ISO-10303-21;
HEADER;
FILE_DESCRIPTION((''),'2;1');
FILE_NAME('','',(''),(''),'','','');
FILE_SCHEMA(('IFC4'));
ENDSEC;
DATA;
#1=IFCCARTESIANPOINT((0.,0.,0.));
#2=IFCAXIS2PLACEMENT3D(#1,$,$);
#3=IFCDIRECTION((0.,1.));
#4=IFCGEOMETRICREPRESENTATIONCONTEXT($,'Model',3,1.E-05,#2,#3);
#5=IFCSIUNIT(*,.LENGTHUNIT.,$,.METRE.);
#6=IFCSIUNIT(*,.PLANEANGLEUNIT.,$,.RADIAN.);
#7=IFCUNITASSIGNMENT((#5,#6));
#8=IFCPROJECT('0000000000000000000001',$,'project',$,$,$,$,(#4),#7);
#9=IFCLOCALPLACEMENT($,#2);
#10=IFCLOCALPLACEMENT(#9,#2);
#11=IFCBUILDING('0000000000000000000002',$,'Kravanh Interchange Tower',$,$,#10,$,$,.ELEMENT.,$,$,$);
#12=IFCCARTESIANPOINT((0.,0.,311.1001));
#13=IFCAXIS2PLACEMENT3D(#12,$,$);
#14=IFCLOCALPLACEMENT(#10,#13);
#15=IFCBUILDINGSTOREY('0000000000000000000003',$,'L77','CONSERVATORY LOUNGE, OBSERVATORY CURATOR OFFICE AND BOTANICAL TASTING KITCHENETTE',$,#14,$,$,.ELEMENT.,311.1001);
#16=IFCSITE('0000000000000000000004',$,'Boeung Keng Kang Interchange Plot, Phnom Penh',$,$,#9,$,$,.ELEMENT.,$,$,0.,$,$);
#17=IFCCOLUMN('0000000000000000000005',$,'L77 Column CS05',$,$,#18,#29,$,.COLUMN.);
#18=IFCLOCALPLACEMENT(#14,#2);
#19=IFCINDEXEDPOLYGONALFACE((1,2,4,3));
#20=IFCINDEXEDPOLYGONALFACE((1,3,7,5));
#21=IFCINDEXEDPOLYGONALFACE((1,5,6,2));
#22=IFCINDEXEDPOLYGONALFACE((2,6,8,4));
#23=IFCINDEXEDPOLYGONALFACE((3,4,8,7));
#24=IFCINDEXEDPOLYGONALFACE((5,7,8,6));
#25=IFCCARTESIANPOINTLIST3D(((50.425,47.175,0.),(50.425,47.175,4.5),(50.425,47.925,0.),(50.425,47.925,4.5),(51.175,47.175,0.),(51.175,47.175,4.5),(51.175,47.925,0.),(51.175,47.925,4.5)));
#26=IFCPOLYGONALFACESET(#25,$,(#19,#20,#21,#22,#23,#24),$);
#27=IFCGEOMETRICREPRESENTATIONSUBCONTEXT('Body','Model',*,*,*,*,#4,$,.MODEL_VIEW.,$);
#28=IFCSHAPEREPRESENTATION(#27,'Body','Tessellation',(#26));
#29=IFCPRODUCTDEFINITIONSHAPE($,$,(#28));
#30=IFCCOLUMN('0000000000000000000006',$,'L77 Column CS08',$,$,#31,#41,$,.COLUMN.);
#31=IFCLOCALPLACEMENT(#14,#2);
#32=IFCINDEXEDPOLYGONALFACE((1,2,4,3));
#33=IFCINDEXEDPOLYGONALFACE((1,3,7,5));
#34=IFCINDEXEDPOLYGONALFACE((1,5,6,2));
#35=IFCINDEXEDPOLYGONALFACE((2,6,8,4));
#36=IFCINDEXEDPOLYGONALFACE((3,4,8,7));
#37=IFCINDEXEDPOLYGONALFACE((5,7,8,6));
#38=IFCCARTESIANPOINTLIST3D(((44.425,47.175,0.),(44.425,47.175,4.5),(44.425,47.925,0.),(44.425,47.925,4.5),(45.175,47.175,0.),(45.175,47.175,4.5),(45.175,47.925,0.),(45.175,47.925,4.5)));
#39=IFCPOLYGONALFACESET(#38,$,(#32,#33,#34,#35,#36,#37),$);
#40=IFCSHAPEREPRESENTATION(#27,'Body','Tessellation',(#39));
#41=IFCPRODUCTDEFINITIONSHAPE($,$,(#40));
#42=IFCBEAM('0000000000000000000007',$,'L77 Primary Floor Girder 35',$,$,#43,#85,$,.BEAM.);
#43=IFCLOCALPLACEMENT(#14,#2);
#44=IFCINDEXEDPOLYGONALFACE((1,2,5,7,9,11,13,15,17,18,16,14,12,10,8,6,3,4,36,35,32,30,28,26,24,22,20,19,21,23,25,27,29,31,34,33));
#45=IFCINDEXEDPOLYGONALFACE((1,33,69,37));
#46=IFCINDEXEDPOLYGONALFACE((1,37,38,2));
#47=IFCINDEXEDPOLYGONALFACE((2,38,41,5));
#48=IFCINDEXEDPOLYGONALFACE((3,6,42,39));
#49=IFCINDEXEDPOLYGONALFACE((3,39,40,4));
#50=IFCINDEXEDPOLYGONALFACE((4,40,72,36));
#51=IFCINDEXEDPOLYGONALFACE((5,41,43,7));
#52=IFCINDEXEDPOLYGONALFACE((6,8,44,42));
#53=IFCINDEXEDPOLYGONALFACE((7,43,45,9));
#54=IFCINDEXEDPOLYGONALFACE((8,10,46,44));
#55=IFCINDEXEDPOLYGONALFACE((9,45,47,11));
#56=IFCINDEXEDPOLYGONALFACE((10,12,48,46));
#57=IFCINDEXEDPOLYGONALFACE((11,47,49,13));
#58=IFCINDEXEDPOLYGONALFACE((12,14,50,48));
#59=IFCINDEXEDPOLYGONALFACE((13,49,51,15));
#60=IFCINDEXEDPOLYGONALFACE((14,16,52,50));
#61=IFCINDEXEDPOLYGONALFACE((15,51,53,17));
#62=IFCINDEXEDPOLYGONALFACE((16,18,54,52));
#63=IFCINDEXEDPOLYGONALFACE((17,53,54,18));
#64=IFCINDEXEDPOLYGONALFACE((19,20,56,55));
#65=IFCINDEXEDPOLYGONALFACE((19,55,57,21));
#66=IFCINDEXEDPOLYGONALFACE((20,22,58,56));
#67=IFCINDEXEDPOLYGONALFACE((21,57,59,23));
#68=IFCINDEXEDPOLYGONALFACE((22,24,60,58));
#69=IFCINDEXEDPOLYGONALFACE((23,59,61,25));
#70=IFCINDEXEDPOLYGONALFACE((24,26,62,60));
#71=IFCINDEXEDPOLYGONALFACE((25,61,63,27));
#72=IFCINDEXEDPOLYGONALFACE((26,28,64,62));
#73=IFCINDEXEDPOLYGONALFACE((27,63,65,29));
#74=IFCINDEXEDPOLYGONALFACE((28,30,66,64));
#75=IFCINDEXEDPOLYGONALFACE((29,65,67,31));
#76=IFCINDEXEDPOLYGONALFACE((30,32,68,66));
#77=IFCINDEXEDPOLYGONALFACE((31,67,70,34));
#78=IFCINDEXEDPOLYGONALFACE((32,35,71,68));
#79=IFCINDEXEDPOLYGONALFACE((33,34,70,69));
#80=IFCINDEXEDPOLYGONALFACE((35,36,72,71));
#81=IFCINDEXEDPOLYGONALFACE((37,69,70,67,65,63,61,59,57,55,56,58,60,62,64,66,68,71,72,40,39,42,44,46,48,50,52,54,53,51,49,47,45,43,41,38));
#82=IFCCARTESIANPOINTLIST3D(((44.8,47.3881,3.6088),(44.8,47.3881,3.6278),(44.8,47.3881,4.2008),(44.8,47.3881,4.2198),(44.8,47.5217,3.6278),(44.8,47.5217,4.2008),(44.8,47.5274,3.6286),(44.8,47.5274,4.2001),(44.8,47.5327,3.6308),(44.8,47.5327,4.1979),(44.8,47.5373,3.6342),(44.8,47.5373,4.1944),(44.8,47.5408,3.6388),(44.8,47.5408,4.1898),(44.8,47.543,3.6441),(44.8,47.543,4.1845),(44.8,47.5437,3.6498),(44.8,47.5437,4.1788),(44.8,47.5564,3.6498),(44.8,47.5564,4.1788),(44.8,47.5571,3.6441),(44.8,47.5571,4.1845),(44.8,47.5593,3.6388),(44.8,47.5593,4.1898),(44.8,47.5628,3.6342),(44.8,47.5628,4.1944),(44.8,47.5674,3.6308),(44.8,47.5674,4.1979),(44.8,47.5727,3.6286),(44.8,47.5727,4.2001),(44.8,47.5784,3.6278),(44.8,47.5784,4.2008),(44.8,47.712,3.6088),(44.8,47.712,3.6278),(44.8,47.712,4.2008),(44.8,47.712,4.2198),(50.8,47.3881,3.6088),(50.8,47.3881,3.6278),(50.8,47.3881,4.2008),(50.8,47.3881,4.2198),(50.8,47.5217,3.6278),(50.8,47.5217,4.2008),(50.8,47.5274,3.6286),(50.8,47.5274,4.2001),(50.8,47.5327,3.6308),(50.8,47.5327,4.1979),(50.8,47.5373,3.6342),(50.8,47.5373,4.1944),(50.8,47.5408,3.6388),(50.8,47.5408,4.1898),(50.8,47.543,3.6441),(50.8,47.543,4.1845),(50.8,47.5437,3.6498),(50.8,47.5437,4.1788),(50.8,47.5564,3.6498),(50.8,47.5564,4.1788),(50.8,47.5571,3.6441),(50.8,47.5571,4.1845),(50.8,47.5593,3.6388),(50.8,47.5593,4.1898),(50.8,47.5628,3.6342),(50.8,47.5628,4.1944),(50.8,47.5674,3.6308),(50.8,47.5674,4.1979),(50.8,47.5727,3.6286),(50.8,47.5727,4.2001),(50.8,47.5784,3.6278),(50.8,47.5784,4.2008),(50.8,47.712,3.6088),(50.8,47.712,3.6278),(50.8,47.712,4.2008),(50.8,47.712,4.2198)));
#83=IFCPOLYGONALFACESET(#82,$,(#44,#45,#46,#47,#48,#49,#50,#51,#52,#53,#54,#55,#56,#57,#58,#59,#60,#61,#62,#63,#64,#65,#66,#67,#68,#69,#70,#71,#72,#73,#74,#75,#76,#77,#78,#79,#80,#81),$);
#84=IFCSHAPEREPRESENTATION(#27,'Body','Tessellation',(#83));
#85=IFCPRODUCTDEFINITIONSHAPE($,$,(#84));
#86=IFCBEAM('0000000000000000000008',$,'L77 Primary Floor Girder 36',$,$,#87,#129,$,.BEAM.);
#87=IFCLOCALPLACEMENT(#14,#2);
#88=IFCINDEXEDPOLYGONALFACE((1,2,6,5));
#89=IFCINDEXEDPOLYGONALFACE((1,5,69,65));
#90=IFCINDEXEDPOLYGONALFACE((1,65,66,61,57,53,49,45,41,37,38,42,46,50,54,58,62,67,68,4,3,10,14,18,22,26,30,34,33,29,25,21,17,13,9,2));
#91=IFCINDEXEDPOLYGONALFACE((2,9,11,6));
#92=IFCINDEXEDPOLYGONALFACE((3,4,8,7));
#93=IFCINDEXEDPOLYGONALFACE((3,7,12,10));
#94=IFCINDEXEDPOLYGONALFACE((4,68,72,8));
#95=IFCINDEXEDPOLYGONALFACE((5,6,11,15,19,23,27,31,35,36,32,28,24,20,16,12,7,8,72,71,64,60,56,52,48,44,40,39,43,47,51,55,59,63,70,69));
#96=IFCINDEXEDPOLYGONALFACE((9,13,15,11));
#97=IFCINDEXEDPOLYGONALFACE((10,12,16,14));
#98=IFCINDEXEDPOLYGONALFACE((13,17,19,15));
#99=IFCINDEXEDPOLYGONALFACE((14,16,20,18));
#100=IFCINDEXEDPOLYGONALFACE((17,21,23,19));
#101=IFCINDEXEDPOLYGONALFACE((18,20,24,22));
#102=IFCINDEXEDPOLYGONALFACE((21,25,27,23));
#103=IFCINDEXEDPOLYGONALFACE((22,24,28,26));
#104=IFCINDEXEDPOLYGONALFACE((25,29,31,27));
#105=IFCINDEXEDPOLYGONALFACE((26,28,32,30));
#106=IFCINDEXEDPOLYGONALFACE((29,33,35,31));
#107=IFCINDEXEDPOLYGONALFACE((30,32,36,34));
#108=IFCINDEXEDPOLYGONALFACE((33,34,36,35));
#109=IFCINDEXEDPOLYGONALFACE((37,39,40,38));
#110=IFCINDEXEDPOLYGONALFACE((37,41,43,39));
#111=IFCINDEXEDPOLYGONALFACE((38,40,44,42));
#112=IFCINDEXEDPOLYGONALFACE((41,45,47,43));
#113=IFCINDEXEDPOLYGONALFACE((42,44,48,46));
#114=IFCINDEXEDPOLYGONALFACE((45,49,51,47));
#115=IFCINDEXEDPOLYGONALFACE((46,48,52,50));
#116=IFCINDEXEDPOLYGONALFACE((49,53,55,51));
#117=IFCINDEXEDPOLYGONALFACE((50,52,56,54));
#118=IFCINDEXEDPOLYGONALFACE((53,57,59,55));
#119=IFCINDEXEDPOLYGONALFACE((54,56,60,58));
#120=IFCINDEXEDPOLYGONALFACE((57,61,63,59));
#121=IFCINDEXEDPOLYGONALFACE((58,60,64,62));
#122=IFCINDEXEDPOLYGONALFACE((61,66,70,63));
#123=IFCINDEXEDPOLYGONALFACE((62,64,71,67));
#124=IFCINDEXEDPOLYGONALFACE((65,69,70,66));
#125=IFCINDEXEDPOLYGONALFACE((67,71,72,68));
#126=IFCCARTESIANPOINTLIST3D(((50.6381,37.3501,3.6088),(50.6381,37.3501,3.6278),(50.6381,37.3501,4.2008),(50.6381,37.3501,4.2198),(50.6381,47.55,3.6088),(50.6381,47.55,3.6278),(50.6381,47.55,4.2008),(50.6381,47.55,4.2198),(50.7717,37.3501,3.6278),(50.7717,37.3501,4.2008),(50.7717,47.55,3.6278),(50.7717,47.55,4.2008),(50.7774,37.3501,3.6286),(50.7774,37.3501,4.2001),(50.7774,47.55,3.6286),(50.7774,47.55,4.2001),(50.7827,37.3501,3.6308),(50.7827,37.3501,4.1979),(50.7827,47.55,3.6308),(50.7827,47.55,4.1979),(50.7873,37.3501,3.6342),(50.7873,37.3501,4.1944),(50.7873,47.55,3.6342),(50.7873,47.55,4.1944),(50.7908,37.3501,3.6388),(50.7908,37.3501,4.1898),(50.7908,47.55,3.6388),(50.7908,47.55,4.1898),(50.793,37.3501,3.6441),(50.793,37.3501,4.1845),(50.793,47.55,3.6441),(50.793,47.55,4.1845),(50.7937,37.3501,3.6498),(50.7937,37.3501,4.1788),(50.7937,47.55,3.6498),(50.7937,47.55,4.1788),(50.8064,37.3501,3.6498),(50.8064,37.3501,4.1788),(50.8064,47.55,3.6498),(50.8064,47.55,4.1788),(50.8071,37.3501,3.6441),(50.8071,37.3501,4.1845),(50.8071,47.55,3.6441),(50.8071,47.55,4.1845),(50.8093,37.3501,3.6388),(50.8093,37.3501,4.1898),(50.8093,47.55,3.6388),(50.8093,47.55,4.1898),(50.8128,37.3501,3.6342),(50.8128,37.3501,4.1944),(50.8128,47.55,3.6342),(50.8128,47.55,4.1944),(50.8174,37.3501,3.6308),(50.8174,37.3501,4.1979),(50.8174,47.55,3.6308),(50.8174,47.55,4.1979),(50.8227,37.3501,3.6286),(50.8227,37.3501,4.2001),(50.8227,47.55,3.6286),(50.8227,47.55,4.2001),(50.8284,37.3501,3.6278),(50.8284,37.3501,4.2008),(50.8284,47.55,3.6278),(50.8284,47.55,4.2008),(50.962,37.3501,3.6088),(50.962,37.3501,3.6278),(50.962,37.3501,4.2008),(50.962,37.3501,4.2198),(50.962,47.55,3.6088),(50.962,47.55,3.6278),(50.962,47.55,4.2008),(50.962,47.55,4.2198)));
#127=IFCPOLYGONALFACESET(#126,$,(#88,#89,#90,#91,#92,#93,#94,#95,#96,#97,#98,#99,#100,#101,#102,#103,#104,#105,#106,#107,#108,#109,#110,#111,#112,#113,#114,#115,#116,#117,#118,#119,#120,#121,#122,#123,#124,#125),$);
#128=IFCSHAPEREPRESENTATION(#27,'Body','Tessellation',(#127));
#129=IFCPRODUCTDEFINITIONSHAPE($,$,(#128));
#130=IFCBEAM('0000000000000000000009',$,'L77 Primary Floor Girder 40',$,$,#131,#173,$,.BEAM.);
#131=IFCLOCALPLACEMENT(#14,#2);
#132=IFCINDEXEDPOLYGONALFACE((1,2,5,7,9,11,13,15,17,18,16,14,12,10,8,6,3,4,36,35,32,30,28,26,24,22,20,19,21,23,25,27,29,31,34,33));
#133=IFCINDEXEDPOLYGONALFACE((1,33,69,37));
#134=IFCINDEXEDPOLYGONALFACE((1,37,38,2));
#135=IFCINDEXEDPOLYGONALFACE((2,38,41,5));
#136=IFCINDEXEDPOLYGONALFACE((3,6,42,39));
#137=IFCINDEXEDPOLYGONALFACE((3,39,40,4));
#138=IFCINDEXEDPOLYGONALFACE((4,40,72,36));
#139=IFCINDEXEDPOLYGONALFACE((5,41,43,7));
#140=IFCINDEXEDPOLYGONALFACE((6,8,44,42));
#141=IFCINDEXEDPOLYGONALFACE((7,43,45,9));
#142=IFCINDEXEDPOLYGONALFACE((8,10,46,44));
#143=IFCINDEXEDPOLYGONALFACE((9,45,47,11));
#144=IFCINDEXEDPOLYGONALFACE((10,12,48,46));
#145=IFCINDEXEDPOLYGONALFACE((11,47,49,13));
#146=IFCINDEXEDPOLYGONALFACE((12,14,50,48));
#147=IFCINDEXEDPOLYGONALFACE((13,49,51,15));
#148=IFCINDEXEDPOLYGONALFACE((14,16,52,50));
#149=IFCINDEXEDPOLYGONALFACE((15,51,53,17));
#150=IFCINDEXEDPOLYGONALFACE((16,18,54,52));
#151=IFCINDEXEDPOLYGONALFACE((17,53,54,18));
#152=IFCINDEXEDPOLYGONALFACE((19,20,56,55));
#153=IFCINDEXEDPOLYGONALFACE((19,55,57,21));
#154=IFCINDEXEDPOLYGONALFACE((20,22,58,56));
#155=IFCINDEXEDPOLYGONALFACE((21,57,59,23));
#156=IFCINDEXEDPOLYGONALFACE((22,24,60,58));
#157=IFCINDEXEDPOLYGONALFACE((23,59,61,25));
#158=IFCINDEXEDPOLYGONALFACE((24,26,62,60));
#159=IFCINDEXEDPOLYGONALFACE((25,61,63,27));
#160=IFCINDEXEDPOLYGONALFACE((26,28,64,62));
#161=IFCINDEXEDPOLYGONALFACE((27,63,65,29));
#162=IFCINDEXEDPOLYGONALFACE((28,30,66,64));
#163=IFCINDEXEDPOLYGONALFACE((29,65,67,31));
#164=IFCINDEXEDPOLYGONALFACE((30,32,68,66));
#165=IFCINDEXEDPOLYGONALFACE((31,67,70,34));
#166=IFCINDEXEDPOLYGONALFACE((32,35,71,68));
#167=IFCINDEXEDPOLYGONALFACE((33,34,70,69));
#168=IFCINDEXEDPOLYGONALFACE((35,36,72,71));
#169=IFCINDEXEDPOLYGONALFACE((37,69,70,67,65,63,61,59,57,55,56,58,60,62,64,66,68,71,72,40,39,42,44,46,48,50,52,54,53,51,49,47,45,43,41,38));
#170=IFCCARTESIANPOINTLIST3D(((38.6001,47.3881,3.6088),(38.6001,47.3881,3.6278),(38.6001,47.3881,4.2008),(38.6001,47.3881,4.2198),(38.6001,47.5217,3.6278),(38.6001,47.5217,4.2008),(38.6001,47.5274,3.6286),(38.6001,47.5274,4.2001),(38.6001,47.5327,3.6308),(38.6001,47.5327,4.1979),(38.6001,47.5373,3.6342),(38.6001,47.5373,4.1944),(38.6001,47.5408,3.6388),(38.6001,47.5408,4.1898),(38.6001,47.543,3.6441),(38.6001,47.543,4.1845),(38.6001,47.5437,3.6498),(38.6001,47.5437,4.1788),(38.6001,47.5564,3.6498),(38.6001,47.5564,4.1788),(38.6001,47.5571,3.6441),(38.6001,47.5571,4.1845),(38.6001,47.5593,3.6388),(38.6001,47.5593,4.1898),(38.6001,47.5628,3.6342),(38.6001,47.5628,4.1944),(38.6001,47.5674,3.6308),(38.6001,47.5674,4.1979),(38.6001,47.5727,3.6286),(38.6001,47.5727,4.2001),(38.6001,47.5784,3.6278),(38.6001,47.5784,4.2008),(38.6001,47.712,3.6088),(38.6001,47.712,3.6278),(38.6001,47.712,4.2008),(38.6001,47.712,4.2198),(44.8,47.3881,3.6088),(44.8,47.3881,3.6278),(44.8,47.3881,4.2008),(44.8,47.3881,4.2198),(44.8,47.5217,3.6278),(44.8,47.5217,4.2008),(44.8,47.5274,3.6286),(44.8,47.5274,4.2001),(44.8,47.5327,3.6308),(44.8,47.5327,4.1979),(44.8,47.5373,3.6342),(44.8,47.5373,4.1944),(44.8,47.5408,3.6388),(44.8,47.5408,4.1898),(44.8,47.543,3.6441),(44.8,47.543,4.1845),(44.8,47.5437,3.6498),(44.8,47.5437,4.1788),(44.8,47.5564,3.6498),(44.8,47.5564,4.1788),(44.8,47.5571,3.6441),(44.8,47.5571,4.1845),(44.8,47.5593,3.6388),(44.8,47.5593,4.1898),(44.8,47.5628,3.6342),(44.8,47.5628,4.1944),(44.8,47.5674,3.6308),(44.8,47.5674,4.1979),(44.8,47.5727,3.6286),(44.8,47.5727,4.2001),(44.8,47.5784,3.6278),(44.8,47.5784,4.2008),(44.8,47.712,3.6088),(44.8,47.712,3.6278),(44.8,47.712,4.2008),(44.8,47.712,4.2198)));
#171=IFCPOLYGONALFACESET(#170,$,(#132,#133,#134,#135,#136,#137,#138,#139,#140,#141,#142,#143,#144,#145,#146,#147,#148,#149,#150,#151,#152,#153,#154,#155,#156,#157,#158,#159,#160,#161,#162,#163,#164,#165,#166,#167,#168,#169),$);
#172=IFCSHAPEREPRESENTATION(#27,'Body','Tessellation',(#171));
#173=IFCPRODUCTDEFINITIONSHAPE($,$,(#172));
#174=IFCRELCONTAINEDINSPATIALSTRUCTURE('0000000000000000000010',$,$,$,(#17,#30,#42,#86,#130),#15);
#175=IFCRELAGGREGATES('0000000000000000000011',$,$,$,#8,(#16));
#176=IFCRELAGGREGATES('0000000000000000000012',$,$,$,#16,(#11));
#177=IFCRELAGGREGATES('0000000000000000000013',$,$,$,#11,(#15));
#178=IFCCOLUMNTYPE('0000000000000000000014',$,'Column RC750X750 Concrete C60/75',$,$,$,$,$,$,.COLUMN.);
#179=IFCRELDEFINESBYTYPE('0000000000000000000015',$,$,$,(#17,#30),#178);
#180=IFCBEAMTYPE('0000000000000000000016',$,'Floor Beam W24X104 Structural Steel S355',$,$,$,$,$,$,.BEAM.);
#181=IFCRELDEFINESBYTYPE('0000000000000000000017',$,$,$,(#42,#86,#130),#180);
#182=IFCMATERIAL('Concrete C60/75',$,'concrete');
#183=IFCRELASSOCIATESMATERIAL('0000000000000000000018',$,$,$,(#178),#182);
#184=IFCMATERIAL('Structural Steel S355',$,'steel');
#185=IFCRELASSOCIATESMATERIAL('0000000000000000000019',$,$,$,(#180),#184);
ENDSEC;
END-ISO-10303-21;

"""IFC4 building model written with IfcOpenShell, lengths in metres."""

from ifc_helpers import new_model, si_unit, direction, frame, origin, origin_2d, place, context, subcontext, project, spatial, rectangle, i_section, extrude, material, material_profile, profile_set, type_object, element, save


model = new_model("IFC4")

# Units and contexts
model_context = context("Model", 3, precision=1e-05, world=origin(), true_north=direction((0.0, 1.0)))
body_context = subcontext(model_context, "Body", "Model", "MODEL_VIEW")
ifc_project = project(units=[si_unit("LENGTHUNIT", "METRE"), si_unit("PLANEANGLEUNIT", "RADIAN")], contexts=[model_context])

# Site, building, storey
site_placement = place(None, origin())
site = spatial("IfcSite", under=ifc_project, at=site_placement, Name="Boeung Keng Kang Interchange Plot, Phnom Penh", CompositionType="ELEMENT", RefElevation=0.0)
building_placement = place(site_placement, origin())
building = spatial("IfcBuilding", under=site, at=building_placement, Name="Kravanh Interchange Tower", CompositionType="ELEMENT")
storey_placement = place(building_placement, frame((0.0, 0.0, 311.1001)))
storey = spatial("IfcBuildingStorey", under=building, at=storey_placement, Name="L77", Description="CONSERVATORY LOUNGE, OBSERVATORY CURATOR OFFICE AND BOTANICAL TASTING KITCHENETTE", CompositionType="ELEMENT", Elevation=311.1001)

# Columns
ifc_material_1 = material(Name="Concrete C60/75", Category="concrete")
ifc_material_profile_1 = material_profile(ifc_material_1, rectangle(XDim=0.75, YDim=0.75, at=origin_2d()), Name="RC750X750")
ifc_profile_set_1 = profile_set([ifc_material_profile_1], Name="Concrete C60/75")
column_type = type_object("IfcColumnType", Name="Column RC750X750 Concrete C60/75", PredefinedType="COLUMN", material=ifc_profile_set_1)
for number, where, z_axis, x_axis, name in (
    (1, (50.8, 47.55, 0.0), (0.0, 0.0, 1.0), (1.0, 0.0, 0.0), "L77 Column CS05"),
    (2, (44.8, 47.55, 0.0), (0.0, 0.0, 1.0), (1.0, 0.0, 0.0), "L77 Column CS08"),
):
    element("IfcColumn", number, at=place(storey_placement, frame(where, z_axis=z_axis, x_axis=x_axis)), inside=storey, type_object=column_type, Name=name, PredefinedType="COLUMN", context=body_context, shape_type="SweptSolid", body=[
        extrude(rectangle(XDim=0.75, YDim=0.75, at=origin_2d()), origin(), (0.0, 0.0, 1.0), 4.5),
    ])

# Beams
ifc_material_2 = material(Name="Structural Steel S355", Category="steel")
ifc_material_profile_2 = material_profile(ifc_material_2, i_section(OverallWidth=0.324, OverallDepth=0.6111, WebThickness=0.0127, FlangeThickness=0.019, FilletRadius=0.022, at=origin_2d()), Name="W24X104")
ifc_profile_set_2 = profile_set([ifc_material_profile_2], Name="Structural Steel S355")
beam_type = type_object("IfcBeamType", Name="Floor Beam W24X104 Structural Steel S355", PredefinedType="BEAM", material=ifc_profile_set_2)
beam_1_placement = place(storey_placement, frame((50.8, 47.55, 3.9143), z_axis=(-1.0, 0.0, 0.0), x_axis=(0.0, -1.0, 0.0)))
element("IfcBeam", 3, at=beam_1_placement, inside=storey, type_object=beam_type, Name="L77 Primary Floor Girder 35", PredefinedType="BEAM", context=body_context, shape_type="SweptSolid", body=[
    extrude(i_section(OverallWidth=0.324, OverallDepth=0.6111, WebThickness=0.0127, FlangeThickness=0.019, FilletRadius=0.022, at=origin_2d()), origin(), (0.0, 0.0, 1.0), 6.0),
])
beam_2_placement = place(storey_placement, frame((50.8, 47.55, 3.9143), z_axis=(0.0, -1.0, 0.0), x_axis=(1.0, 0.0, 0.0)))
element("IfcBeam", 4, at=beam_2_placement, inside=storey, type_object=beam_type, Name="L77 Primary Floor Girder 36", PredefinedType="BEAM", context=body_context, shape_type="SweptSolid", body=[
    extrude(i_section(OverallWidth=0.324, OverallDepth=0.6111, WebThickness=0.0127, FlangeThickness=0.019, FilletRadius=0.022, at=origin_2d()), origin(), (0.0, 0.0, 1.0), 10.2),
])
beam_3_placement = place(storey_placement, frame((44.8, 47.55, 3.9143), z_axis=(-1.0, 0.0, 0.0), x_axis=(0.0, -1.0, 0.0)))
element("IfcBeam", 5, at=beam_3_placement, inside=storey, type_object=beam_type, Name="L77 Primary Floor Girder 40", PredefinedType="BEAM", context=body_context, shape_type="SweptSolid", body=[
    extrude(i_section(OverallWidth=0.324, OverallDepth=0.6111, WebThickness=0.0127, FlangeThickness=0.019, FilletRadius=0.022, at=origin_2d()), origin(), (0.0, 0.0, 1.0), 6.2),
])

save(model, "model.ifc")
